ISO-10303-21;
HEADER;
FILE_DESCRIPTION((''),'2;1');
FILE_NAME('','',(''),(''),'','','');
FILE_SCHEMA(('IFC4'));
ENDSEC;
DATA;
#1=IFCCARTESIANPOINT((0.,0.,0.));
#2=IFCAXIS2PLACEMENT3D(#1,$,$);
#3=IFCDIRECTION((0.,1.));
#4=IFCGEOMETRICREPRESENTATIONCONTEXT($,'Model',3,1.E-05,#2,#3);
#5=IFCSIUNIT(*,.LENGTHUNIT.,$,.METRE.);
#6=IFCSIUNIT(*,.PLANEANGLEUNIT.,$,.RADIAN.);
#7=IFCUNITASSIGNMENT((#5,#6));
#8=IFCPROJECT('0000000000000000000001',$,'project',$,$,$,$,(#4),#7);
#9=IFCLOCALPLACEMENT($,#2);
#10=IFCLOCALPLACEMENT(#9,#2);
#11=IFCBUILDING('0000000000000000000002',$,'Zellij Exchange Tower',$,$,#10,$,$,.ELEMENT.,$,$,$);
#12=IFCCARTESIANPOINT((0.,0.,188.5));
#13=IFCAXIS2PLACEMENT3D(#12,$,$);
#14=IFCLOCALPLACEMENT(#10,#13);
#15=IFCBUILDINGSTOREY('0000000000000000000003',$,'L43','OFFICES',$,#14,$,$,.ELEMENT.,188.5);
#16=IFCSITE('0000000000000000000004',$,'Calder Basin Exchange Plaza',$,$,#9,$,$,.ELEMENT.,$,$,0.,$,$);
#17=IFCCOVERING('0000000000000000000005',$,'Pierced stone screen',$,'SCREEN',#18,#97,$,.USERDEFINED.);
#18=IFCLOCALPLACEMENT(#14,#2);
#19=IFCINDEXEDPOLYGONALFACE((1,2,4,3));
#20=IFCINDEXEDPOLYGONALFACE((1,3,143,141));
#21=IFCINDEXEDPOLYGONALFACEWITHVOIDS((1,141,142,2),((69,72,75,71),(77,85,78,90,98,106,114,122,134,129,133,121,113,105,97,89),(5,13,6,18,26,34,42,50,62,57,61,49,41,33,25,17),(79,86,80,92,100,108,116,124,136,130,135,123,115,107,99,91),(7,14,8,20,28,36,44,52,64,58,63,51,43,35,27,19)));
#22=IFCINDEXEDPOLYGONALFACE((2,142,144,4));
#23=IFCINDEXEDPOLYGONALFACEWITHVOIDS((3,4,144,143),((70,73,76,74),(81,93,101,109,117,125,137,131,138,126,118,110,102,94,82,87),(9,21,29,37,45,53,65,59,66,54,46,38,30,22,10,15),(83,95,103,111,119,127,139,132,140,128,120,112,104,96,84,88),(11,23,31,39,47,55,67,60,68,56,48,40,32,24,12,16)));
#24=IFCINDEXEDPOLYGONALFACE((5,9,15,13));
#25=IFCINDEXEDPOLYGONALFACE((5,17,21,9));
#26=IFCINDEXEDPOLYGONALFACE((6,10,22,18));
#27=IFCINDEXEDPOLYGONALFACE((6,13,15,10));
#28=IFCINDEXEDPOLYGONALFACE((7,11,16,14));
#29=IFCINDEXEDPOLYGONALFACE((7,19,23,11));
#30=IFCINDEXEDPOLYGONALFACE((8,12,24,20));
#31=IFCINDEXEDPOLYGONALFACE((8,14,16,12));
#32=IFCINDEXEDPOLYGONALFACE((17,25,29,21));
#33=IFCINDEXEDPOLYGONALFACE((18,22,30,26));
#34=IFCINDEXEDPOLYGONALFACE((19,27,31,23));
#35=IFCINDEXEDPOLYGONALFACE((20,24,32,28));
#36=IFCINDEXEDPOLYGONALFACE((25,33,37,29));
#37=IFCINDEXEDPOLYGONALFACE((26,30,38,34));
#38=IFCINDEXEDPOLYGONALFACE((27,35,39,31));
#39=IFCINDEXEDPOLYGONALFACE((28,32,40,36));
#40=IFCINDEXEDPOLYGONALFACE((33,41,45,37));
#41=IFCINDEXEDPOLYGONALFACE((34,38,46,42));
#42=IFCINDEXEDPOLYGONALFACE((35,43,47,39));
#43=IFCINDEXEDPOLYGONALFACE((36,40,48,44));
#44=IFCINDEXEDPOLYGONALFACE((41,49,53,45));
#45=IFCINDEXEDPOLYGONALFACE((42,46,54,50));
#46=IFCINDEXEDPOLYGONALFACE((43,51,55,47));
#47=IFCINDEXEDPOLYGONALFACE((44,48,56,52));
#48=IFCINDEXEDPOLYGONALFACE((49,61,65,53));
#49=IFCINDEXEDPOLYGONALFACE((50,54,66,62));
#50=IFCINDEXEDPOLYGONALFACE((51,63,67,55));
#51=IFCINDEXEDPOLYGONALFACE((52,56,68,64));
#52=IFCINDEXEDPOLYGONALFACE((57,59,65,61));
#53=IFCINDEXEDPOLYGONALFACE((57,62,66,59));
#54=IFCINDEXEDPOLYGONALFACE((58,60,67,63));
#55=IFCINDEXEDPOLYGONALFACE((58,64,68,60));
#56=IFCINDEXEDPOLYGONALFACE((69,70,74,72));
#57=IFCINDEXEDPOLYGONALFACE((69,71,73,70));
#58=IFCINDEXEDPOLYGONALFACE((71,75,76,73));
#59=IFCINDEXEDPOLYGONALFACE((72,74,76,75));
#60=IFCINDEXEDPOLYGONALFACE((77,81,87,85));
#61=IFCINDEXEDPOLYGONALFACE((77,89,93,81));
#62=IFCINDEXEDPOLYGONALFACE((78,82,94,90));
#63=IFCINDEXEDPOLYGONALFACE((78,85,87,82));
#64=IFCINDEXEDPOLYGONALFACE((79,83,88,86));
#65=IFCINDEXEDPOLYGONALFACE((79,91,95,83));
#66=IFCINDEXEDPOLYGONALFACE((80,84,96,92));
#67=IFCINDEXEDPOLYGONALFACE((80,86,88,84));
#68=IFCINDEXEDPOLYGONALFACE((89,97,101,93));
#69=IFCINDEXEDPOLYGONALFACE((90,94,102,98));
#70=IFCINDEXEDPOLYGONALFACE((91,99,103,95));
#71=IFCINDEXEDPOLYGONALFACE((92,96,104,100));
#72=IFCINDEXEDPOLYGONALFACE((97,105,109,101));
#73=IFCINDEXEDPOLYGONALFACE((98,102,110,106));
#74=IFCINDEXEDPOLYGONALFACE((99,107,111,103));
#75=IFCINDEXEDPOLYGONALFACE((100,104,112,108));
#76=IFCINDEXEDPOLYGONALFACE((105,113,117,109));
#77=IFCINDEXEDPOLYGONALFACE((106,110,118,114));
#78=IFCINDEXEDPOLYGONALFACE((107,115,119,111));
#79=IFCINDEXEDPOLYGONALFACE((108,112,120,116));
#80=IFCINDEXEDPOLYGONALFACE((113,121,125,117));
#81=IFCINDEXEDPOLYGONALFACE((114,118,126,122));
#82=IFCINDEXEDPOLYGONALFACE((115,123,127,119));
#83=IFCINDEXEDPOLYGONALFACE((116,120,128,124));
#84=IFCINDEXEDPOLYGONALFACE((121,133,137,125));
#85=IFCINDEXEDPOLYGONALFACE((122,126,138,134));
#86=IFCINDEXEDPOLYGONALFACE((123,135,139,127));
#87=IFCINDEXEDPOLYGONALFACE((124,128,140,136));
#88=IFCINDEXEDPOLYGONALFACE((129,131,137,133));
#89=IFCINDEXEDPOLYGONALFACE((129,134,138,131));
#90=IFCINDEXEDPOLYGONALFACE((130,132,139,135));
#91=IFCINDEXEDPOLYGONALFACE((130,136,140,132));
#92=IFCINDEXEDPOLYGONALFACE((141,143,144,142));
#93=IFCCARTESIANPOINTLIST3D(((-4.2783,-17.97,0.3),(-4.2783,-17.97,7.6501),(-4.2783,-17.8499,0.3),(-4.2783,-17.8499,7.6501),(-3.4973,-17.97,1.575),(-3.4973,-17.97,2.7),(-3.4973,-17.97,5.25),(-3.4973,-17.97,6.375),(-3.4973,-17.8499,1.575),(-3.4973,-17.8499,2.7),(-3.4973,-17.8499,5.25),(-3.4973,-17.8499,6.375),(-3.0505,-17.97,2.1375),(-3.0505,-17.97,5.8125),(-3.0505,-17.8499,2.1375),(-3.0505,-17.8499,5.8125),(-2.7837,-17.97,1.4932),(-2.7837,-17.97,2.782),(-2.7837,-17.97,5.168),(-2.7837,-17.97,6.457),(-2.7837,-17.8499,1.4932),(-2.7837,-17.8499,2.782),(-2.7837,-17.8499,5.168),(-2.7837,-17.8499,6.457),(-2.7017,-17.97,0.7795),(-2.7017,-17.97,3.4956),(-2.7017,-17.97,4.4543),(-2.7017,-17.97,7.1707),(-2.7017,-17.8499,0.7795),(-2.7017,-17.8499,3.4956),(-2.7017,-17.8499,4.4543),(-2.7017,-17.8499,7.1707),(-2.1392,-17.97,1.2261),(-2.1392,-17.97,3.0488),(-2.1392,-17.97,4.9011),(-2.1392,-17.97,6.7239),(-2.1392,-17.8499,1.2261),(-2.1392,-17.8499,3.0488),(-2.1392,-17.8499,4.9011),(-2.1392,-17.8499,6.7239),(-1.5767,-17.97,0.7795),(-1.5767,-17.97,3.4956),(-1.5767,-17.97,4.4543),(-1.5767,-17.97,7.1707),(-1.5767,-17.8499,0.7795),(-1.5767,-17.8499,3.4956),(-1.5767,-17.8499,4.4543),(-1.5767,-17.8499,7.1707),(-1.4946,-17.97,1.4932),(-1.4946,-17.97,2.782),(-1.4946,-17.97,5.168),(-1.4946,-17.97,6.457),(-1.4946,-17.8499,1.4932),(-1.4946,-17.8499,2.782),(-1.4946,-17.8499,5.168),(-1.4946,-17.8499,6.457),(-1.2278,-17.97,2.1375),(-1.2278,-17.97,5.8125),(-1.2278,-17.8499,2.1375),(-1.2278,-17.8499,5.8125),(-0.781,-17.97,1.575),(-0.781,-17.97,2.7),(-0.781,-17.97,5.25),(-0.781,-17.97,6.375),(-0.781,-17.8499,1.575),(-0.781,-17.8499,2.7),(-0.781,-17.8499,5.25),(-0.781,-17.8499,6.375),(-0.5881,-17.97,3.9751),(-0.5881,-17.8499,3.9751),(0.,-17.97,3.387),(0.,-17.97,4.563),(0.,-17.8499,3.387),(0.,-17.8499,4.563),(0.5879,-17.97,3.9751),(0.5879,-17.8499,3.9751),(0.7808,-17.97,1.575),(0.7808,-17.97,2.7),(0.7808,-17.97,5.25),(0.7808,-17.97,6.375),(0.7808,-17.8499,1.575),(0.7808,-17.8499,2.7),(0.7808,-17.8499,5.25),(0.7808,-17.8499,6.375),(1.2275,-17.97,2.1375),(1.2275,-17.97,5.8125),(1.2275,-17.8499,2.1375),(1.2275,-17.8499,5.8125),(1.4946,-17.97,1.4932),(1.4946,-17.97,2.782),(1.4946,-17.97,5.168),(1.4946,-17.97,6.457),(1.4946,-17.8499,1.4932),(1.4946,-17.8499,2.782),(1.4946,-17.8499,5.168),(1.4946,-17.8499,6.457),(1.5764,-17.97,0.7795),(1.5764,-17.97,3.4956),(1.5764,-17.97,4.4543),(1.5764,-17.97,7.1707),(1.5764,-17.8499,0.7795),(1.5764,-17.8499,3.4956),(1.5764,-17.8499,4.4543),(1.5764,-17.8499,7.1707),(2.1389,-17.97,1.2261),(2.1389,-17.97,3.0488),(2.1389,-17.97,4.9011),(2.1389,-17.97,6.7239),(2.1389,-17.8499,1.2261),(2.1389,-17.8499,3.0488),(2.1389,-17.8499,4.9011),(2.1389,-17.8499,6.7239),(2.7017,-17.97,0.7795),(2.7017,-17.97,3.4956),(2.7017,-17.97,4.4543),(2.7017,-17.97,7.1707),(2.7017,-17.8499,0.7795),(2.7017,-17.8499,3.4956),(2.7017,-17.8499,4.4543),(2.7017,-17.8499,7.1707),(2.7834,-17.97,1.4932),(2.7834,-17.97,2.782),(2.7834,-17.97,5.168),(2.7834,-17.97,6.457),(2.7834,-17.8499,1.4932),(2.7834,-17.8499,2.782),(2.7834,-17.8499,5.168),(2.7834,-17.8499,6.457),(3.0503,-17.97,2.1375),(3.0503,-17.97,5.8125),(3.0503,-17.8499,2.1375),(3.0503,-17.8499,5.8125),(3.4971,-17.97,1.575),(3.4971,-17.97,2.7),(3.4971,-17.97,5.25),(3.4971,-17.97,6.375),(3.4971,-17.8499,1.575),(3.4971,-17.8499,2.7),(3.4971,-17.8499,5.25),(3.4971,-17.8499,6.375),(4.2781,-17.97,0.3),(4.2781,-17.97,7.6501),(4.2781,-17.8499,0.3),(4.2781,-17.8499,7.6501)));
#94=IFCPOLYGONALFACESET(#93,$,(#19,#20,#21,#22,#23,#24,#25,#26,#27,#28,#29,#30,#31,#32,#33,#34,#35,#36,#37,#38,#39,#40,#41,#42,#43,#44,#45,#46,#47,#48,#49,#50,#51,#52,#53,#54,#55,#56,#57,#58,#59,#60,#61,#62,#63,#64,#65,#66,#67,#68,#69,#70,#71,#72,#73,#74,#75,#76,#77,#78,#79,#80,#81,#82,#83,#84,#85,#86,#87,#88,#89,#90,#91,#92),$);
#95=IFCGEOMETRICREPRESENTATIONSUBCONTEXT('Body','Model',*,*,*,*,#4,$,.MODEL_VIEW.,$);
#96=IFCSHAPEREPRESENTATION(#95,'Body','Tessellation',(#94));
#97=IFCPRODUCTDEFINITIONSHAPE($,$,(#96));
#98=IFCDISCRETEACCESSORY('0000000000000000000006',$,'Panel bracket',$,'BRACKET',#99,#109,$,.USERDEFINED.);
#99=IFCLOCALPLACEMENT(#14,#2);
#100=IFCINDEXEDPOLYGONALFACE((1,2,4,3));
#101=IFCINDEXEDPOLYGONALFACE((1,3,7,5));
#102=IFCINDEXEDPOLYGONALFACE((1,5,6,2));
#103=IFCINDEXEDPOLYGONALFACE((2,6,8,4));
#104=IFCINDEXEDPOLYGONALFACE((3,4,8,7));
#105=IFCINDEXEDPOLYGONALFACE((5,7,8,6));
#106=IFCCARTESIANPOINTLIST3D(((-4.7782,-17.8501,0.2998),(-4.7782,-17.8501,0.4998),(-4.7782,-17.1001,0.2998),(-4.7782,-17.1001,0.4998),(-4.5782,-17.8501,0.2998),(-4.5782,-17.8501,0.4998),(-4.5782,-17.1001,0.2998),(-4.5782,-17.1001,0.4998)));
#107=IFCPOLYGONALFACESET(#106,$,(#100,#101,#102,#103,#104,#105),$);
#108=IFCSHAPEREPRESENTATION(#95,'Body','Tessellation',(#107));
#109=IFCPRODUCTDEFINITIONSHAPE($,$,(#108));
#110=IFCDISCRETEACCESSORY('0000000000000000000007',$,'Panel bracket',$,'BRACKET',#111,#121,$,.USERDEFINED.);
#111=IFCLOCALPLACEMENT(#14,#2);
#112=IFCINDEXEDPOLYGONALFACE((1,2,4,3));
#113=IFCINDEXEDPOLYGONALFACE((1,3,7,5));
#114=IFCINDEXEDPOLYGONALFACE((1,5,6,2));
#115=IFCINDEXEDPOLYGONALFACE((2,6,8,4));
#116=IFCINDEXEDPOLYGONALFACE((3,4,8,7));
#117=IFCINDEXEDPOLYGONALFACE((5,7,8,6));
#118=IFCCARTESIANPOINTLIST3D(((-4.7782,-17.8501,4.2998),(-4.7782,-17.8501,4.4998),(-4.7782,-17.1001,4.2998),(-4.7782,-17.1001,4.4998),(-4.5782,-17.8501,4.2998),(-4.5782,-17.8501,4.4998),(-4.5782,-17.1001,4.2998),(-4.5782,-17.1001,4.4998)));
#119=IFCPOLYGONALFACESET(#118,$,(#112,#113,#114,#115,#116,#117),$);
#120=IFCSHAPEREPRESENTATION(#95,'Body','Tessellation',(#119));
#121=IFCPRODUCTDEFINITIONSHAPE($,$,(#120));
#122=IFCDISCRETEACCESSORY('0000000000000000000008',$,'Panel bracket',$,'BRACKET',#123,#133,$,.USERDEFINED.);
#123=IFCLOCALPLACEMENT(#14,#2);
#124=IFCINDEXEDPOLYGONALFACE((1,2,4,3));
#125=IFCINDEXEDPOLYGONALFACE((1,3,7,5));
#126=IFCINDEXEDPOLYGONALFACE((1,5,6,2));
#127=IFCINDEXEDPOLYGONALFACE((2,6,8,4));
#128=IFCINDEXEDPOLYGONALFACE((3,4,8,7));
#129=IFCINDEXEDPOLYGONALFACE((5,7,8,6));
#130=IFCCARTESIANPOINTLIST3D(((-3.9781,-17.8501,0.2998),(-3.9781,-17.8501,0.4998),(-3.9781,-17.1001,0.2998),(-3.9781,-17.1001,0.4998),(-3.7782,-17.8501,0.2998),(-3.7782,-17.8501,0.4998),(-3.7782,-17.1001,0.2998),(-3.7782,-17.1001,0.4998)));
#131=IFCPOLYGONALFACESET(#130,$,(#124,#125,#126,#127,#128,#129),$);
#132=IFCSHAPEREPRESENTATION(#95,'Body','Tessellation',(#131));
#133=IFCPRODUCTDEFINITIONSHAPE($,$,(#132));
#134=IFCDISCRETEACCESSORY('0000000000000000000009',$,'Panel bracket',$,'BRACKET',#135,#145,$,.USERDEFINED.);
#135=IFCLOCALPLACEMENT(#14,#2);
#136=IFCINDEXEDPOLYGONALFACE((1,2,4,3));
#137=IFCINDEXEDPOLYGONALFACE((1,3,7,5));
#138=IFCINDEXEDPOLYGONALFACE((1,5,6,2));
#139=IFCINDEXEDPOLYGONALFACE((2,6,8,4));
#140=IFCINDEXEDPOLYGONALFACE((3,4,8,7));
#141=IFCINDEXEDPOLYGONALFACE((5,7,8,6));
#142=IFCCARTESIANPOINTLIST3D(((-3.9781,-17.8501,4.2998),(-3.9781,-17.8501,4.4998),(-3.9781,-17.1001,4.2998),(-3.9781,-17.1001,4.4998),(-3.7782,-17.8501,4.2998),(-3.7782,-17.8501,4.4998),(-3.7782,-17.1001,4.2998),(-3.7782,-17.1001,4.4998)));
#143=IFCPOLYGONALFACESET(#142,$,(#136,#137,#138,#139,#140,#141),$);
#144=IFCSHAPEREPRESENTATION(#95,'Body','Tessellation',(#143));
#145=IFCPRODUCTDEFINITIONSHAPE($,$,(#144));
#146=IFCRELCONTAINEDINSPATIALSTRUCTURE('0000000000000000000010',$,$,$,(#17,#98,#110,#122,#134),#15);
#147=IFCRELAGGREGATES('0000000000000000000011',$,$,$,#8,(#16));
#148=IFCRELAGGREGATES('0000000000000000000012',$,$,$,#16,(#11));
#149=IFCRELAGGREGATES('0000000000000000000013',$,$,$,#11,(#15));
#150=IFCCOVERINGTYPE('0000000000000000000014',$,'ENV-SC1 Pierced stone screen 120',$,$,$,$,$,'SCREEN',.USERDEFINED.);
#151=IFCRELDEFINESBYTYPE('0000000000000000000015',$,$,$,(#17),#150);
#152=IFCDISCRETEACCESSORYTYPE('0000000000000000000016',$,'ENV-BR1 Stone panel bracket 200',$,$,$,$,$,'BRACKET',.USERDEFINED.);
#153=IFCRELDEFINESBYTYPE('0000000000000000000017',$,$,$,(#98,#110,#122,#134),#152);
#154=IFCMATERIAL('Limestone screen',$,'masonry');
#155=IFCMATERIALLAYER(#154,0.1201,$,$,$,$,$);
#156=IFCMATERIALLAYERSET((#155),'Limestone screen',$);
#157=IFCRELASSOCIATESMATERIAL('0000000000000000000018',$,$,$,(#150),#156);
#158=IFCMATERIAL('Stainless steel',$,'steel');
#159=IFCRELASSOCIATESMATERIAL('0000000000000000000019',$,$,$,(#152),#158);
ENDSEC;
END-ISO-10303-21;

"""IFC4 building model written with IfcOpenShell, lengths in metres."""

from ifc_helpers import new_model, si_unit, direction, frame, origin, origin_2d, place, context, subcontext, project, spatial, polyline, rectangle, outline, extrude, material, layer, layer_set, type_object, element, save


model = new_model("IFC4")

# Units and contexts
model_context = context("Model", 3, precision=1e-05, world=origin(), true_north=direction((0.0, 1.0)))
body_context = subcontext(model_context, "Body", "Model", "MODEL_VIEW")
ifc_project = project(units=[si_unit("LENGTHUNIT", "METRE"), si_unit("PLANEANGLEUNIT", "RADIAN")], contexts=[model_context])

# Site, building, storey
site_placement = place(None, origin())
site = spatial("IfcSite", under=ifc_project, at=site_placement, Name="Calder Basin Exchange Plaza", CompositionType="ELEMENT", RefElevation=0.0)
building_placement = place(site_placement, origin())
building = spatial("IfcBuilding", under=site, at=building_placement, Name="Zellij Exchange Tower", CompositionType="ELEMENT")
storey_placement = place(building_placement, frame((0.0, 0.0, 188.5)))
storey = spatial("IfcBuildingStorey", under=building, at=storey_placement, Name="L43", Description="OFFICES", CompositionType="ELEMENT", Elevation=188.5)

# Shared definitions
ifc_material_1 = material(Name="Stainless steel", Category="steel")

# Covering
ifc_material_2 = material(Name="Limestone screen", Category="masonry")
ifc_layer_1 = layer(ifc_material_2, 0.1201)
ifc_layer_set_1 = layer_set([ifc_layer_1], Name="Limestone screen")
covering_type = type_object("IfcCoveringType", Name="ENV-SC1 Pierced stone screen 120", ElementType="SCREEN", PredefinedType="USERDEFINED", material=ifc_layer_set_1)
covering_placement = place(storey_placement, frame((-4.2783, -17.9099, 0.3), z_axis=(0.0, 0.0, 1.0), x_axis=(1.0, 0.0, 0.0)))
element("IfcCovering", 1, at=covering_placement, inside=storey, type_object=covering_type, Name="Pierced stone screen", ObjectType="SCREEN", PredefinedType="USERDEFINED", context=body_context, shape_type="SweptSolid", body=[
    extrude(outline(polyline([(0.0, 0.0), (8.5564, 0.0), (8.5564, 7.3501), (0.0, 7.3501), (0.0, 0.0)]), holes=[polyline([(3.4973, 2.3999), (2.7837, 2.4819), (2.7017, 3.1956), (2.1392, 2.7488), (1.5767, 3.1956), (1.4946, 2.4819), (0.781, 2.3999), (1.2278, 1.8374), (0.781, 1.2749), (1.4946, 1.1931), (1.5767, 0.4795), (2.1392, 0.926), (2.7017, 0.4795), (2.7837, 1.1931), (3.4973, 1.2749), (3.0505, 1.8374), (3.4973, 2.3999)]), polyline([(3.4973, 6.075), (2.7837, 6.157), (2.7017, 6.8706), (2.1392, 6.4238), (1.5767, 6.8706), (1.4946, 6.157), (0.781, 6.075), (1.2278, 5.5125), (0.781, 4.95), (1.4946, 4.8679), (1.5767, 4.1543), (2.1392, 4.6011), (2.7017, 4.1543), (2.7837, 4.8679), (3.4973, 4.95), (3.0505, 5.5125), (3.4973, 6.075)]), polyline([(7.7754, 2.3999), (7.0618, 2.4819), (6.98, 3.1956), (6.4172, 2.7488), (5.8547, 3.1956), (5.7729, 2.4819), (5.0591, 2.3999), (5.5059, 1.8374), (5.0591, 1.2749), (5.7729, 1.1931), (5.8547, 0.4795), (6.4172, 0.926), (6.98, 0.4795), (7.0618, 1.1931), (7.7754, 1.2749), (7.3286, 1.8374), (7.7754, 2.3999)]), polyline([(7.7754, 6.075), (7.0618, 6.157), (6.98, 6.8706), (6.4172, 6.4238), (5.8547, 6.8706), (5.7729, 6.157), (5.0591, 6.075), (5.5059, 5.5125), (5.0591, 4.95), (5.7729, 4.8679), (5.8547, 4.1543), (6.4172, 4.6011), (6.98, 4.1543), (7.0618, 4.8679), (7.7754, 4.95), (7.3286, 5.5125), (7.7754, 6.075)]), polyline([(4.8662, 3.675), (4.2783, 4.2629), (3.6902, 3.675), (4.2783, 3.0869), (4.8662, 3.675)])]), frame((0.0, 0.0601, 0.0), z_axis=(0.0, -1.0, 0.0), x_axis=(1.0, 0.0, 0.0)), (0.0, 0.0, 1.0), 0.1201),
])

# Discrete accessories
discrete_accessory_type = type_object("IfcDiscreteAccessoryType", Name="ENV-BR1 Stone panel bracket 200", ElementType="BRACKET", PredefinedType="USERDEFINED", material=ifc_material_1)
for number, where, z_axis, x_axis, name in (
    (2, (-4.6782, -17.4751, 0.2998), (0.0, 0.0, 1.0), (1.0, 0.0, 0.0), "Panel bracket"),
    (3, (-4.6782, -17.4751, 4.2998), (0.0, 0.0, 1.0), (1.0, 0.0, 0.0), "Panel bracket"),
    (4, (-3.8782, -17.4751, 0.2998), (0.0, 0.0, 1.0), (1.0, 0.0, 0.0), "Panel bracket"),
    (5, (-3.8782, -17.4751, 4.2998), (0.0, 0.0, 1.0), (1.0, 0.0, 0.0), "Panel bracket"),
):
    element("IfcDiscreteAccessory", number, at=place(storey_placement, frame(where, z_axis=z_axis, x_axis=x_axis)), inside=storey, type_object=discrete_accessory_type, Name=name, ObjectType="BRACKET", PredefinedType="USERDEFINED", context=body_context, shape_type="SweptSolid", body=[
        extrude(rectangle(XDim=0.2, YDim=0.75, at=origin_2d()), origin(), (0.0, 0.0, 1.0), 0.2),
    ])

save(model, "model.ifc")
